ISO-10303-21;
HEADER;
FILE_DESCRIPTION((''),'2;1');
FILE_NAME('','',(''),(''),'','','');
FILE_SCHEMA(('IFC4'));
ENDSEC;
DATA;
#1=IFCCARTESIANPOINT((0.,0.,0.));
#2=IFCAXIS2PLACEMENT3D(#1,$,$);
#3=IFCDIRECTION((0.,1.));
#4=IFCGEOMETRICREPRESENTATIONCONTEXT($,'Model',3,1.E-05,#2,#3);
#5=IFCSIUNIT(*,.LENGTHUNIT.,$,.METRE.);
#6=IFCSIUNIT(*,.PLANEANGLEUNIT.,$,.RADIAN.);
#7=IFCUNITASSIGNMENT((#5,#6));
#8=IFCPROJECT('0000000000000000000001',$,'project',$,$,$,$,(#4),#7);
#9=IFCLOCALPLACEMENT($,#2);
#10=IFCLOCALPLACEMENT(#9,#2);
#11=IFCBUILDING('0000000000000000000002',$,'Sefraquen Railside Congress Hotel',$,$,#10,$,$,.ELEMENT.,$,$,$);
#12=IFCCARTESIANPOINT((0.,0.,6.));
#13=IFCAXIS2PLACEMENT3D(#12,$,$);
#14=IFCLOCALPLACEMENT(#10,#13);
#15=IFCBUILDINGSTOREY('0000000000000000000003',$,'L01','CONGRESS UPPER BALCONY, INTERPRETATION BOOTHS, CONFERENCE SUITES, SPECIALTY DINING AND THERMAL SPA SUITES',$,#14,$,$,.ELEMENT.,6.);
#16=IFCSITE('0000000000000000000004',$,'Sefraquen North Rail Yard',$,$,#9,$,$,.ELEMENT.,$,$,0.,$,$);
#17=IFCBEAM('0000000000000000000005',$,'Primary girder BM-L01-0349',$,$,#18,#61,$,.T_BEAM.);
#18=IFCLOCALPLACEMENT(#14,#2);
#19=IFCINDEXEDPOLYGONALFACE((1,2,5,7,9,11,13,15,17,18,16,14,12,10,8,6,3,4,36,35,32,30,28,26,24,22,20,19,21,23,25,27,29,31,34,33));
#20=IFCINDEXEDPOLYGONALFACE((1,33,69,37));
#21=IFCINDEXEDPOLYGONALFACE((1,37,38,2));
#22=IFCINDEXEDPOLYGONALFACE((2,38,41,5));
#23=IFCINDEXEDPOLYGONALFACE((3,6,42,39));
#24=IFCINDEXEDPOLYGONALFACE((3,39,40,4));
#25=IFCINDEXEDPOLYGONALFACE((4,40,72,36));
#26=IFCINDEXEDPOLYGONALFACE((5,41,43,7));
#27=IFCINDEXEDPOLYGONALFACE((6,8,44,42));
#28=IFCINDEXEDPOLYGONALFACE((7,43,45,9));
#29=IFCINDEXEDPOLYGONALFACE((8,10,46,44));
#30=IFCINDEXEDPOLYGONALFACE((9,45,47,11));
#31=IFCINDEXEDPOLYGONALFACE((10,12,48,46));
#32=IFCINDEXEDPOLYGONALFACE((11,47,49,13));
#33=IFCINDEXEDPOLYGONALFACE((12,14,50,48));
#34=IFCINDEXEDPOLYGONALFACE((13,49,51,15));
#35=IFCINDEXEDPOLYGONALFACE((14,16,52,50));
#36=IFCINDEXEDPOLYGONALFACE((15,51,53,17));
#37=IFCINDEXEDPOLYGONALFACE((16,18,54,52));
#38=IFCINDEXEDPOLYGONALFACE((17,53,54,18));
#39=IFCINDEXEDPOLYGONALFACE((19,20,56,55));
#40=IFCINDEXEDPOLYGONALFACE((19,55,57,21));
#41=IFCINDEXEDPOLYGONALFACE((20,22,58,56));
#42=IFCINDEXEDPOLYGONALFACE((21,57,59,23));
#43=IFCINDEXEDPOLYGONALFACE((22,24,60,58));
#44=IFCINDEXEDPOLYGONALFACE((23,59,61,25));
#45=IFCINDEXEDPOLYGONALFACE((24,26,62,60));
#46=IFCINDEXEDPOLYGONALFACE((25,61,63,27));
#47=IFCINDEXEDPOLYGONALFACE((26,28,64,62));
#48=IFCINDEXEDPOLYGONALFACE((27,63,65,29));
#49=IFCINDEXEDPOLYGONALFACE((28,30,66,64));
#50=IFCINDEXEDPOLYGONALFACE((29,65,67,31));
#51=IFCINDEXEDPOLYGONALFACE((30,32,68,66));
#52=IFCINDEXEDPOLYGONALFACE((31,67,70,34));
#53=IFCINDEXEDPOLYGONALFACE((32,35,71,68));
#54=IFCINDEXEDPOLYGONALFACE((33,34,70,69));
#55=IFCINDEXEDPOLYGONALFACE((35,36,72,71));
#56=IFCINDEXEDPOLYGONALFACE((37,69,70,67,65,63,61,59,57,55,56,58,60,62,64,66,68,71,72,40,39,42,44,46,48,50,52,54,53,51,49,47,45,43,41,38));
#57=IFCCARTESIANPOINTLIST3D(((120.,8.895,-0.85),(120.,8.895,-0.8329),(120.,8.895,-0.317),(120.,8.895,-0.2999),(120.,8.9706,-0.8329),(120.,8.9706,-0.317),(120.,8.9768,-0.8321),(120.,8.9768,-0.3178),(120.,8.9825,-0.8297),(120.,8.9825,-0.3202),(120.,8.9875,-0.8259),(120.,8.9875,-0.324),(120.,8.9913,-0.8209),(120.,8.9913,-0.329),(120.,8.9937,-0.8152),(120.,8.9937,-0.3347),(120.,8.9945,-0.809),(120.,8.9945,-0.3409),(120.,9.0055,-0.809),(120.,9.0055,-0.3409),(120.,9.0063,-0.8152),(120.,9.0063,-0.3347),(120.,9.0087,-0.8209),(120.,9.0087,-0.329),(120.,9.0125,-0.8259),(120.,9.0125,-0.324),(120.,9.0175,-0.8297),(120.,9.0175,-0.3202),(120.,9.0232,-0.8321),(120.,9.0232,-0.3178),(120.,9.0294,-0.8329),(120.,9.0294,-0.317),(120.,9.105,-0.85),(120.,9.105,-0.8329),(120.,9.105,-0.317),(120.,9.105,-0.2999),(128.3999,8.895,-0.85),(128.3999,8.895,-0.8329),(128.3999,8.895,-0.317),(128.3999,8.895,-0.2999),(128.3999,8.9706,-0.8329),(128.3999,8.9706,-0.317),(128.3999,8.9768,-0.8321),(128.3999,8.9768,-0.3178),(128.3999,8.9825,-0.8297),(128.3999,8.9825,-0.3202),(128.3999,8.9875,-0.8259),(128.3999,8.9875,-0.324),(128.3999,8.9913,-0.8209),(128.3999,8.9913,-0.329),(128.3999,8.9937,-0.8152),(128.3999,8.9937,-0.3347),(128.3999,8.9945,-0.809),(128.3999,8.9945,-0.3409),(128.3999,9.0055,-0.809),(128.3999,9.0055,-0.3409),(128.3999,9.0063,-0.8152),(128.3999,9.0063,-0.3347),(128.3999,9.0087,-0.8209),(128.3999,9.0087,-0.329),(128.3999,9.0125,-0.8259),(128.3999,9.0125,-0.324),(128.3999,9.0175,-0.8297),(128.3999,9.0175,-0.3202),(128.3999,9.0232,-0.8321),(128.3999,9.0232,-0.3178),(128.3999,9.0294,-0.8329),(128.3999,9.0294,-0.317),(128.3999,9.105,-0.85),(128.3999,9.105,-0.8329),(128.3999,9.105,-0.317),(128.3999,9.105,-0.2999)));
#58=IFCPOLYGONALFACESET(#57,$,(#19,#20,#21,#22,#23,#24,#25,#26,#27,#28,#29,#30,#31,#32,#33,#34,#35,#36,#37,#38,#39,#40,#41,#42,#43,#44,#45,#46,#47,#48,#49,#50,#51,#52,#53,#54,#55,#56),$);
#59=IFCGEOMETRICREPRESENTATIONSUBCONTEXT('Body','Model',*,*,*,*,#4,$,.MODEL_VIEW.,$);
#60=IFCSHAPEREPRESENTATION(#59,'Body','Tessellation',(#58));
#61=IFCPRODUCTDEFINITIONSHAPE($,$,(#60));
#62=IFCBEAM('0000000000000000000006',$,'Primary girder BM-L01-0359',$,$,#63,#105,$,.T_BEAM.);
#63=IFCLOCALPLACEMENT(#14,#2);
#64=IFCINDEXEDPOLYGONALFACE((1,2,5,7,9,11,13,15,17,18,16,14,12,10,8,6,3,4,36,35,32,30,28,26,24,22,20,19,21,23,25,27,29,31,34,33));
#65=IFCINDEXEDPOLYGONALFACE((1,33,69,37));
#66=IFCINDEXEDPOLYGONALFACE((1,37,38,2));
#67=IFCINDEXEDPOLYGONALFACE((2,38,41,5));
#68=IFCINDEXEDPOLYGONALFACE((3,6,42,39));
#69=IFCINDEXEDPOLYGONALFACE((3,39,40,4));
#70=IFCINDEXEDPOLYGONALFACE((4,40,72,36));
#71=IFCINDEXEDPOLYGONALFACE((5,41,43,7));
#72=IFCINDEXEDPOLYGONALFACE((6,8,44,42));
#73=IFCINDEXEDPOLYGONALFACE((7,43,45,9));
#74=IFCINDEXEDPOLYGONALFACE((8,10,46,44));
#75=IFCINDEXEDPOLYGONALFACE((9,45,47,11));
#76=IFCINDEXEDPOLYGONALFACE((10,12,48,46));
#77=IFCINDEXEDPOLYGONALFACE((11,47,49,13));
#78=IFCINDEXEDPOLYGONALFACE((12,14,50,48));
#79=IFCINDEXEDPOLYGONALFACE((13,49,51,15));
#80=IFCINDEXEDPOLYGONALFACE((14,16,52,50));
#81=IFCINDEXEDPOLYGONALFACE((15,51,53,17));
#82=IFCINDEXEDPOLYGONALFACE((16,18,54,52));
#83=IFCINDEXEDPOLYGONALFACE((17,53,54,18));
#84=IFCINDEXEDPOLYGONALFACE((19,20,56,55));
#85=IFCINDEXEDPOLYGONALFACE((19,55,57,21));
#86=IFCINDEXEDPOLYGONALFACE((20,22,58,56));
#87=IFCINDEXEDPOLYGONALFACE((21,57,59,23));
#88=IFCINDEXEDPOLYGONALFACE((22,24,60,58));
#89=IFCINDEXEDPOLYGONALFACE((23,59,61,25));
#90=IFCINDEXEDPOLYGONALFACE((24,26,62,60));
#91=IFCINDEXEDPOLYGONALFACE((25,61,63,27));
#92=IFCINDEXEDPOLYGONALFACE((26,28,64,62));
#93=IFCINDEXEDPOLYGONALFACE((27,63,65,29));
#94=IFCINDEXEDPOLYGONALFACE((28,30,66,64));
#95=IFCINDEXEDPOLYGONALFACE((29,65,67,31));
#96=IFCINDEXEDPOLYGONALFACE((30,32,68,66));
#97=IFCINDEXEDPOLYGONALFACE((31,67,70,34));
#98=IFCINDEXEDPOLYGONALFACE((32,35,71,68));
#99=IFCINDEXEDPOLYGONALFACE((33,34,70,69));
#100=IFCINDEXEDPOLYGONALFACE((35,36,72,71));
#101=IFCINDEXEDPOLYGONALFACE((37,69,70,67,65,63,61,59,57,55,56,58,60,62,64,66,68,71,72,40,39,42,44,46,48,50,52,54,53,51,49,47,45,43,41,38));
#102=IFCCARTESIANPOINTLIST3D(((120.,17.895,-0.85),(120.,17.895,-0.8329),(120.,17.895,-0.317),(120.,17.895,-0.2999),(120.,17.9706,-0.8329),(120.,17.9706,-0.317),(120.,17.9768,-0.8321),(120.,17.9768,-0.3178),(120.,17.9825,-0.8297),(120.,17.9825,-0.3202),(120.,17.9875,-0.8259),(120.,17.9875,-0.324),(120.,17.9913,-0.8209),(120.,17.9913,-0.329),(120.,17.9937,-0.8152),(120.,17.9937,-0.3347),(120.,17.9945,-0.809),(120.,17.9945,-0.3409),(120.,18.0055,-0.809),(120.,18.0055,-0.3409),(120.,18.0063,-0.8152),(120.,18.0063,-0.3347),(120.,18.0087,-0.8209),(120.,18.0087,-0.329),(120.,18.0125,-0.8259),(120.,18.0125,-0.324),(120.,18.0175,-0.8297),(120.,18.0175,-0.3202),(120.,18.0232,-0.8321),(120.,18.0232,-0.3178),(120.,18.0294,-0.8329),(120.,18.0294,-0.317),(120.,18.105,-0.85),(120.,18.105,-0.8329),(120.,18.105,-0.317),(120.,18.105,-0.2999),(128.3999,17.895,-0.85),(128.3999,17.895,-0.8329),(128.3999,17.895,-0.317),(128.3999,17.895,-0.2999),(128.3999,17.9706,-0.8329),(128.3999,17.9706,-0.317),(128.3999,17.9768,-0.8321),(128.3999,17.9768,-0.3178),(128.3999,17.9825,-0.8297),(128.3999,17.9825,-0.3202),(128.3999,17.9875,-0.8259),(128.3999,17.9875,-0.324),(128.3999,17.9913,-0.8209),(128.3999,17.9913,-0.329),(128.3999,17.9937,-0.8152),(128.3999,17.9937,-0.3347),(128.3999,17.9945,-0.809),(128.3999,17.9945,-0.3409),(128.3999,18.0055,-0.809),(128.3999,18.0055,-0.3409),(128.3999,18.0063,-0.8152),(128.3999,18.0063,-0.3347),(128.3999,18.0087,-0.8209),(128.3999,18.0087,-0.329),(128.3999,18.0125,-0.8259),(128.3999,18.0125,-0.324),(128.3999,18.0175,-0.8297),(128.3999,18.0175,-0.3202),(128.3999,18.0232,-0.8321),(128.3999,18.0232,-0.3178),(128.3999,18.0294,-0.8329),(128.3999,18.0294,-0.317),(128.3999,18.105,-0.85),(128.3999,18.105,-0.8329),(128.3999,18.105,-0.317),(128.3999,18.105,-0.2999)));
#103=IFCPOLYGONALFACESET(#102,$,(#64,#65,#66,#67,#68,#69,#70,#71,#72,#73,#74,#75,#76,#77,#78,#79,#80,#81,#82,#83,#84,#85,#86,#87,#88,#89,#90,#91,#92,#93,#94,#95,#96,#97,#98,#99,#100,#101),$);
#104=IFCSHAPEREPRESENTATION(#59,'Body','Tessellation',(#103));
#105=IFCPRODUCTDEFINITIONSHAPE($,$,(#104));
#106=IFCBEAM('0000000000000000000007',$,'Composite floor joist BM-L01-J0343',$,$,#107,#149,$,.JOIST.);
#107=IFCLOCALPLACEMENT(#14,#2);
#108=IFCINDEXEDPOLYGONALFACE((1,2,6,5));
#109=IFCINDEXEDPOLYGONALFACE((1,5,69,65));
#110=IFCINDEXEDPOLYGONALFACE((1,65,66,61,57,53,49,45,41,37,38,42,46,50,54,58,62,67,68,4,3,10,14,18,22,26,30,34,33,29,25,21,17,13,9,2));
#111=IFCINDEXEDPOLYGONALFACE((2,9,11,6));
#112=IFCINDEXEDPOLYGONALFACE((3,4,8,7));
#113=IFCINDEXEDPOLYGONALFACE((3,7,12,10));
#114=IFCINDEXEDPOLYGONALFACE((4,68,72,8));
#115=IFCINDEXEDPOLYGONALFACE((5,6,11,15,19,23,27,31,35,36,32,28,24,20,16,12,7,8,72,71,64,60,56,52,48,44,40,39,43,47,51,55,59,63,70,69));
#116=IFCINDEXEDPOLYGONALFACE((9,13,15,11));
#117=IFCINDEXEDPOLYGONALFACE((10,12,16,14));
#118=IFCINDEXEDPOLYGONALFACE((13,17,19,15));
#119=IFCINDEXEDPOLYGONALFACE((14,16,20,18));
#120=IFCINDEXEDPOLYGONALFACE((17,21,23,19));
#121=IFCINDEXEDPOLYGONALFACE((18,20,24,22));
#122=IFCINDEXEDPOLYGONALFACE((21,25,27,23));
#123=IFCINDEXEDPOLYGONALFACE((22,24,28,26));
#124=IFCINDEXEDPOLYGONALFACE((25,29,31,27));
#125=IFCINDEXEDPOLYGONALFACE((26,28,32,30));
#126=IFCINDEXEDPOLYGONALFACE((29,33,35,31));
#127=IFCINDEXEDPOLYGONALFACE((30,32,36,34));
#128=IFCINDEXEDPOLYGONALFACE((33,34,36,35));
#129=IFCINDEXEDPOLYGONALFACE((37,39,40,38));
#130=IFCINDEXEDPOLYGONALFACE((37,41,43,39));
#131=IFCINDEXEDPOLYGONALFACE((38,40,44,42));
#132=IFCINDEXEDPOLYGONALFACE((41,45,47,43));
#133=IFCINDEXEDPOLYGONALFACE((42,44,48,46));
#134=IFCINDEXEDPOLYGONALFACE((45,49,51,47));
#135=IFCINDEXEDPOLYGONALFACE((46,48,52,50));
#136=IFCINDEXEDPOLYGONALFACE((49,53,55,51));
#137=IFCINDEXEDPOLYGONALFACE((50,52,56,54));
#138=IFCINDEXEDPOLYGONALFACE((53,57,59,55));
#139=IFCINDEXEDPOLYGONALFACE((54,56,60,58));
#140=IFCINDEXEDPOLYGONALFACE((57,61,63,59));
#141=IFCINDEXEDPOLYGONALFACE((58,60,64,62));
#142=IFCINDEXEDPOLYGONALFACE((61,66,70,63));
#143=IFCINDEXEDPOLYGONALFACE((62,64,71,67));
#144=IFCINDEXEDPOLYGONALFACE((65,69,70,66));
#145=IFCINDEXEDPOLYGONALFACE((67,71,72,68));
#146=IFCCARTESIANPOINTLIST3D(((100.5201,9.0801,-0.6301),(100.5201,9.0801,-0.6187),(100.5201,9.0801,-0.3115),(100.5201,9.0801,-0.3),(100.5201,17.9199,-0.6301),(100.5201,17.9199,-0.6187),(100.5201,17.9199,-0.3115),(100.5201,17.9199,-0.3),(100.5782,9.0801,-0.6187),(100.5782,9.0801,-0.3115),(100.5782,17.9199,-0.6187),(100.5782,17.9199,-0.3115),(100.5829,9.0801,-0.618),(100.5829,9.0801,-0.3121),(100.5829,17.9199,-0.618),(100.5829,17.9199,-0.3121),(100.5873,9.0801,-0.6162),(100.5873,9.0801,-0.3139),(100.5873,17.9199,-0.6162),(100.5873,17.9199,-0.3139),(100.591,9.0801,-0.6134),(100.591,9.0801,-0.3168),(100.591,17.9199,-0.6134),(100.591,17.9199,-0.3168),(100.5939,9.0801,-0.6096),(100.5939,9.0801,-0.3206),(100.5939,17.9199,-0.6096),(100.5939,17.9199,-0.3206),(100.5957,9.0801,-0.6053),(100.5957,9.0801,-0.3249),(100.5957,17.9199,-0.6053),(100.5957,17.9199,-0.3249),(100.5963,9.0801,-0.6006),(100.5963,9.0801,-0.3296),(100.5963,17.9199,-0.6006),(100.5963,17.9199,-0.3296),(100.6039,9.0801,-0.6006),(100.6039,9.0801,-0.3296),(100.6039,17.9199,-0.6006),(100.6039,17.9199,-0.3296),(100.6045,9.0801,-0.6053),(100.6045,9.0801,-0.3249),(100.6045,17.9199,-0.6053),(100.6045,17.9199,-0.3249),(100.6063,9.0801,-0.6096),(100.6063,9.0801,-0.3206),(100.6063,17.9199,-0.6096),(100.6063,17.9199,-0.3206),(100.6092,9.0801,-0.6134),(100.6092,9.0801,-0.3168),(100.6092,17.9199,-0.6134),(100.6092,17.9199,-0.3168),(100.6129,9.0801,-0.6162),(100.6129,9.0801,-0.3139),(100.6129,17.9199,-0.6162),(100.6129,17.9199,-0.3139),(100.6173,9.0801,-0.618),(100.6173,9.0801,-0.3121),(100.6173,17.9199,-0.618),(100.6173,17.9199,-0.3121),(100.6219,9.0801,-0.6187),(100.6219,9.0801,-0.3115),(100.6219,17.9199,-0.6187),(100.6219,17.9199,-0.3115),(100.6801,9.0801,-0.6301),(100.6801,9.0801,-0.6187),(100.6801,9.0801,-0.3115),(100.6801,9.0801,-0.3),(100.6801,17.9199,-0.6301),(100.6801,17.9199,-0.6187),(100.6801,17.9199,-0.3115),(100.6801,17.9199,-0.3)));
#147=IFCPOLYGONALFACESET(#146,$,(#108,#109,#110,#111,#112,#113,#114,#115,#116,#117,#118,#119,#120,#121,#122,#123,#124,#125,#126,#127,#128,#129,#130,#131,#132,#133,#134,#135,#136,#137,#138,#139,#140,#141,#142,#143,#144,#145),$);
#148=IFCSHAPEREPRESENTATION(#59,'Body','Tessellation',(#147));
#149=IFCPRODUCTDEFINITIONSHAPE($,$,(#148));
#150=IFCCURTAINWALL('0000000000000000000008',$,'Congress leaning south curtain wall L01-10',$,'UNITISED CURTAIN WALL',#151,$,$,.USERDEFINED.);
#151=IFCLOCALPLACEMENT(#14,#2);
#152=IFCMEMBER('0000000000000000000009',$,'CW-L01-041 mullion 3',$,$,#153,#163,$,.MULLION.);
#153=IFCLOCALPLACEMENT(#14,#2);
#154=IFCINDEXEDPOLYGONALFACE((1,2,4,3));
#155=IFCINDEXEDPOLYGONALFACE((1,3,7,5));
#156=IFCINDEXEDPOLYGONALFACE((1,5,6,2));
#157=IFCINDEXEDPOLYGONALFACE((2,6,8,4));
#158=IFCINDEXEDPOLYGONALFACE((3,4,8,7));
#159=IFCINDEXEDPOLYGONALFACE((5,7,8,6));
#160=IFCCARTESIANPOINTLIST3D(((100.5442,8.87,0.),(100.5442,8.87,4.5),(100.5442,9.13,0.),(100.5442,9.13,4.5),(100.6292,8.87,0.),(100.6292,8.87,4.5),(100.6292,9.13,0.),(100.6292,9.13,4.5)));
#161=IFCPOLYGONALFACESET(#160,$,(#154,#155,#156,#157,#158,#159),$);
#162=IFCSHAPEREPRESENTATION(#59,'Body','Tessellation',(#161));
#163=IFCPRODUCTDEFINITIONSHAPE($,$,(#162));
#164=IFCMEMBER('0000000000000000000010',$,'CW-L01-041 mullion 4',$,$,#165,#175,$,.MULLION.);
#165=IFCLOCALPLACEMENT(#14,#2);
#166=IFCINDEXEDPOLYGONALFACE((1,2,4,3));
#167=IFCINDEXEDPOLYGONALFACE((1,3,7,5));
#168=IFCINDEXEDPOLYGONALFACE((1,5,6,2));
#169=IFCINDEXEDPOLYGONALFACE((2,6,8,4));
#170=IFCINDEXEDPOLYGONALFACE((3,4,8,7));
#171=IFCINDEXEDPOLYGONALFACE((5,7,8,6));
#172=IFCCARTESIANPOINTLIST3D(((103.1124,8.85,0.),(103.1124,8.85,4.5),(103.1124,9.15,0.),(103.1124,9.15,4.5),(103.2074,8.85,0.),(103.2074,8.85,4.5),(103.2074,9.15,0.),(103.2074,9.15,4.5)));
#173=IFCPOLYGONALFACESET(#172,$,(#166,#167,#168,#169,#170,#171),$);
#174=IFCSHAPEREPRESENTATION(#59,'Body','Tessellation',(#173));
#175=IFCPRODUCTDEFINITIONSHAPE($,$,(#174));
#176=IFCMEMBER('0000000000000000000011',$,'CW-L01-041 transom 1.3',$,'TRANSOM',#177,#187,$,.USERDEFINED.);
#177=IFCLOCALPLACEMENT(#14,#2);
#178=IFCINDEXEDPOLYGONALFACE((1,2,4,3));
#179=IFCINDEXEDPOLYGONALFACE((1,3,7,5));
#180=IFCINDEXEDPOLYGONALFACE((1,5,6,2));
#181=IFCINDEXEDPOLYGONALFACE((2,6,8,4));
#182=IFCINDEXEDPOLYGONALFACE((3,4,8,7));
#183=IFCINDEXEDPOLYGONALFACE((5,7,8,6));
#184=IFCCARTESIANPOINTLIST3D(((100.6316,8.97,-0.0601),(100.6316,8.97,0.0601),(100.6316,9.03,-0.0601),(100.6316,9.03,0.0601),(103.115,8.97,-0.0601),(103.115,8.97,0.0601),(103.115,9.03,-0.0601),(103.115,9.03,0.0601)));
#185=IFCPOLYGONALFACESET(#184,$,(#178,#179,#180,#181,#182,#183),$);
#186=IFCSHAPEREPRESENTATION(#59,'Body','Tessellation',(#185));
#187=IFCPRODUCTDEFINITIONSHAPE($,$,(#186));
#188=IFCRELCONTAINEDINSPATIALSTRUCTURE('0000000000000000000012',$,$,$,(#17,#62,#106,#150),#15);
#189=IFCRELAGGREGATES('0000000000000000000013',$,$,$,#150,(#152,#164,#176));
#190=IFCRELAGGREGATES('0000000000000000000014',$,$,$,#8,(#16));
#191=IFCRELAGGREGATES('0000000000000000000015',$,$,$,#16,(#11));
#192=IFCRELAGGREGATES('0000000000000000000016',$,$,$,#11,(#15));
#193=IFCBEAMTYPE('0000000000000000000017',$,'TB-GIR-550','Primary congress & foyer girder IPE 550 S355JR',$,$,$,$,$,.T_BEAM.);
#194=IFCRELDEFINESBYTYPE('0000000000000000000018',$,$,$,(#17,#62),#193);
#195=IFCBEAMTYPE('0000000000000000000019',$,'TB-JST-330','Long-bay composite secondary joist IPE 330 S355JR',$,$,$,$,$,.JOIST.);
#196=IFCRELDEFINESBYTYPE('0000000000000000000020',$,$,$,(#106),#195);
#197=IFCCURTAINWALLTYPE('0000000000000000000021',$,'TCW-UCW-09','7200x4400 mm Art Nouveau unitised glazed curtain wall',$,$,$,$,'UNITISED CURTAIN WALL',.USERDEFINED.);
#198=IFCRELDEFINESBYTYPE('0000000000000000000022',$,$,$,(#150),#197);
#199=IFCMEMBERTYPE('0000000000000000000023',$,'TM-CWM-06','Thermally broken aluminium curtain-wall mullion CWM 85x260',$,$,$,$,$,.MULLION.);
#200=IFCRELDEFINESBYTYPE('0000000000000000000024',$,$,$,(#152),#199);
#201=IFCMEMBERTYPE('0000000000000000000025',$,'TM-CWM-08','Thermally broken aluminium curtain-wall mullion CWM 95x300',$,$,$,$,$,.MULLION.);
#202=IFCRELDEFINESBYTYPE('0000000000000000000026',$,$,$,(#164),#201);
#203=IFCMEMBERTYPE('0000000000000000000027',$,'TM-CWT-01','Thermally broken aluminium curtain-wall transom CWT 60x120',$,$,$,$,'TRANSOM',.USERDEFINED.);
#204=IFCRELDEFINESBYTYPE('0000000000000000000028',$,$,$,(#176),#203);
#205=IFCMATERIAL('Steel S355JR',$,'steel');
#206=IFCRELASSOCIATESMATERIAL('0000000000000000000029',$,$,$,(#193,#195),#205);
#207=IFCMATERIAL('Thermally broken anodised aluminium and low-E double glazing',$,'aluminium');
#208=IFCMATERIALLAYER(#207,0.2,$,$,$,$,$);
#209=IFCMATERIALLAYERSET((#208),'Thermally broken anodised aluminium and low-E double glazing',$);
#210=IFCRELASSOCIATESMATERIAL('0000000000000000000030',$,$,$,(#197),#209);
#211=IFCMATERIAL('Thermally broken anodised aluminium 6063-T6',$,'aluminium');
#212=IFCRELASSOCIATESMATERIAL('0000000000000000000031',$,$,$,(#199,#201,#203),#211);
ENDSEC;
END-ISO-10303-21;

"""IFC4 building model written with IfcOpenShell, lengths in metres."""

from ifc_helpers import new_model, si_unit, direction, frame, origin, origin_2d, place, context, subcontext, project, spatial, rectangle, i_section, extrude, material, layer, layer_set, material_profile, profile_set, type_object, element, aggregate, save


model = new_model("IFC4")

# Units and contexts
model_context = context("Model", 3, precision=1e-05, world=origin(), true_north=direction((0.0, 1.0)))
body_context = subcontext(model_context, "Body", "Model", "MODEL_VIEW")
ifc_project = project(units=[si_unit("LENGTHUNIT", "METRE"), si_unit("PLANEANGLEUNIT", "RADIAN")], contexts=[model_context])

# Site, building, storey
site_placement = place(None, origin())
site = spatial("IfcSite", under=ifc_project, at=site_placement, Name="Sefraquen North Rail Yard", CompositionType="ELEMENT", RefElevation=0.0)
building_placement = place(site_placement, origin())
building = spatial("IfcBuilding", under=site, at=building_placement, Name="Sefraquen Railside Congress Hotel", CompositionType="ELEMENT")
storey_placement = place(building_placement, frame((0.0, 0.0, 6.0)))
storey = spatial("IfcBuildingStorey", under=building, at=storey_placement, Name="L01", Description="CONGRESS UPPER BALCONY, INTERPRETATION BOOTHS, CONFERENCE SUITES, SPECIALTY DINING AND THERMAL SPA SUITES", CompositionType="ELEMENT", Elevation=6.0)

# Shared definitions
ifc_material_1 = material(Name="Steel S355JR", Category="steel")

# Beams
ifc_material_profile_1 = material_profile(ifc_material_1, i_section(OverallWidth=0.21, OverallDepth=0.55, WebThickness=0.011, FlangeThickness=0.0171, FilletRadius=0.0239, at=origin_2d()), Name="IPE 550")
ifc_profile_set_1 = profile_set([ifc_material_profile_1], Name="Steel S355JR")
beam_type_1 = type_object("IfcBeamType", Name="TB-GIR-550", Description="Primary congress & foyer girder IPE 550 S355JR", PredefinedType="T_BEAM", material=ifc_profile_set_1)
for number, where, z_axis, x_axis, name in (
    (1, (120.0, 9.0, -0.575), (1.0, 0.0, 0.0), (0.0, 1.0, 0.0), "Primary girder BM-L01-0349"),
    (2, (120.0, 18.0, -0.575), (1.0, 0.0, 0.0), (0.0, 1.0, 0.0), "Primary girder BM-L01-0359"),
):
    element("IfcBeam", number, at=place(storey_placement, frame(where, z_axis=z_axis, x_axis=x_axis)), inside=storey, type_object=beam_type_1, Name=name, PredefinedType="T_BEAM", context=body_context, shape_type="SweptSolid", body=[
        extrude(i_section(OverallWidth=0.21, OverallDepth=0.55, WebThickness=0.011, FlangeThickness=0.0171, FilletRadius=0.0239, at=origin_2d()), origin(), (0.0, 0.0, 1.0), 8.3999),
    ])
ifc_material_profile_2 = material_profile(ifc_material_1, i_section(OverallWidth=0.1599, OverallDepth=0.3301, WebThickness=0.0076, FlangeThickness=0.0115, FilletRadius=0.0181, at=origin_2d()), Name="IPE 330")
ifc_profile_set_2 = profile_set([ifc_material_profile_2], Name="Steel S355JR")
beam_type_2 = type_object("IfcBeamType", Name="TB-JST-330", Description="Long-bay composite secondary joist IPE 330 S355JR", PredefinedType="JOIST", material=ifc_profile_set_2)
beam_placement = place(storey_placement, frame((100.6001, 9.0801, -0.4651), z_axis=(0.0, 1.0, 0.0), x_axis=(-1.0, 0.0, 0.0)))
element("IfcBeam", 3, at=beam_placement, inside=storey, type_object=beam_type_2, Name="Composite floor joist BM-L01-J0343", PredefinedType="JOIST", context=body_context, shape_type="SweptSolid", body=[
    extrude(i_section(OverallWidth=0.1599, OverallDepth=0.3301, WebThickness=0.0076, FlangeThickness=0.0115, FilletRadius=0.0181, at=origin_2d()), origin(), (0.0, 0.0, 1.0), 8.8398),
])

# Curtain wall, members
ifc_material_2 = material(Name="Thermally broken anodised aluminium and low-E double glazing", Category="aluminium")
ifc_layer_1 = layer(ifc_material_2, 0.2)
ifc_layer_set_1 = layer_set([ifc_layer_1], Name="Thermally broken anodised aluminium and low-E double glazing")
curtain_wall_type = type_object("IfcCurtainWallType", Name="TCW-UCW-09", Description="7200x4400 mm Art Nouveau unitised glazed curtain wall", ElementType="UNITISED CURTAIN WALL", PredefinedType="USERDEFINED", material=ifc_layer_set_1)
curtain_wall_placement = place(storey_placement, origin())
curtain_wall = element("IfcCurtainWall", 4, at=curtain_wall_placement, inside=storey, type_object=curtain_wall_type, Name="Congress leaning south curtain wall L01-10", ObjectType="UNITISED CURTAIN WALL", PredefinedType="USERDEFINED")
ifc_material_3 = material(Name="Thermally broken anodised aluminium 6063-T6", Category="aluminium")
ifc_material_profile_3 = material_profile(ifc_material_3, rectangle(XDim=0.085, YDim=0.26, at=origin_2d()), Name="CWM 85x260")
ifc_profile_set_3 = profile_set([ifc_material_profile_3], Name="Thermally broken anodised aluminium 6063-T6")
member_type_1 = type_object("IfcMemberType", Name="TM-CWM-06", Description="Thermally broken aluminium curtain-wall mullion CWM 85x260", PredefinedType="MULLION", material=ifc_profile_set_3)
member_1_placement = place(storey_placement, frame((100.5867, 9.0, 0.0), z_axis=(0.0, 0.0, 1.0), x_axis=(1.0, 0.0, 0.0)))
member_1 = element("IfcMember", 5, at=member_1_placement, type_object=member_type_1, Name="CW-L01-041 mullion 3", PredefinedType="MULLION", context=body_context, shape_type="SweptSolid", body=[
    extrude(rectangle(XDim=0.085, YDim=0.26, at=origin_2d()), origin(), (0.0, 0.0, 1.0), 4.5),
])
ifc_material_profile_4 = material_profile(ifc_material_3, rectangle(XDim=0.095, YDim=0.3, at=origin_2d()), Name="CWM 95x300")
ifc_profile_set_4 = profile_set([ifc_material_profile_4], Name="Thermally broken anodised aluminium 6063-T6")
member_type_2 = type_object("IfcMemberType", Name="TM-CWM-08", Description="Thermally broken aluminium curtain-wall mullion CWM 95x300", PredefinedType="MULLION", material=ifc_profile_set_4)
member_2_placement = place(storey_placement, frame((103.1599, 9.0, 0.0), z_axis=(0.0, 0.0, 1.0), x_axis=(1.0, 0.0, 0.0)))
member_2 = element("IfcMember", 6, at=member_2_placement, type_object=member_type_2, Name="CW-L01-041 mullion 4", PredefinedType="MULLION", context=body_context, shape_type="SweptSolid", body=[
    extrude(rectangle(XDim=0.095, YDim=0.3, at=origin_2d()), origin(), (0.0, 0.0, 1.0), 4.5),
])
ifc_material_profile_5 = material_profile(ifc_material_3, rectangle(XDim=0.0601, YDim=0.1201, at=origin_2d()), Name="CWT 60x120")
ifc_profile_set_5 = profile_set([ifc_material_profile_5], Name="Thermally broken anodised aluminium 6063-T6")
member_type_3 = type_object("IfcMemberType", Name="TM-CWT-01", Description="Thermally broken aluminium curtain-wall transom CWT 60x120", ElementType="TRANSOM", PredefinedType="USERDEFINED", material=ifc_profile_set_5)
member_3_placement = place(storey_placement, frame((100.6316, 9.0, 0.0), z_axis=(1.0, 0.0, 0.0), x_axis=(0.0, 1.0, 0.0)))
member_3 = element("IfcMember", 7, at=member_3_placement, type_object=member_type_3, Name="CW-L01-041 transom 1.3", ObjectType="TRANSOM", PredefinedType="USERDEFINED", context=body_context, shape_type="SweptSolid", body=[
    extrude(rectangle(XDim=0.0601, YDim=0.1201, at=origin_2d()), origin(), (0.0, 0.0, 1.0), 2.4834),
])

aggregate(curtain_wall, [member_1, member_2, member_3])

save(model, "model.ifc")
